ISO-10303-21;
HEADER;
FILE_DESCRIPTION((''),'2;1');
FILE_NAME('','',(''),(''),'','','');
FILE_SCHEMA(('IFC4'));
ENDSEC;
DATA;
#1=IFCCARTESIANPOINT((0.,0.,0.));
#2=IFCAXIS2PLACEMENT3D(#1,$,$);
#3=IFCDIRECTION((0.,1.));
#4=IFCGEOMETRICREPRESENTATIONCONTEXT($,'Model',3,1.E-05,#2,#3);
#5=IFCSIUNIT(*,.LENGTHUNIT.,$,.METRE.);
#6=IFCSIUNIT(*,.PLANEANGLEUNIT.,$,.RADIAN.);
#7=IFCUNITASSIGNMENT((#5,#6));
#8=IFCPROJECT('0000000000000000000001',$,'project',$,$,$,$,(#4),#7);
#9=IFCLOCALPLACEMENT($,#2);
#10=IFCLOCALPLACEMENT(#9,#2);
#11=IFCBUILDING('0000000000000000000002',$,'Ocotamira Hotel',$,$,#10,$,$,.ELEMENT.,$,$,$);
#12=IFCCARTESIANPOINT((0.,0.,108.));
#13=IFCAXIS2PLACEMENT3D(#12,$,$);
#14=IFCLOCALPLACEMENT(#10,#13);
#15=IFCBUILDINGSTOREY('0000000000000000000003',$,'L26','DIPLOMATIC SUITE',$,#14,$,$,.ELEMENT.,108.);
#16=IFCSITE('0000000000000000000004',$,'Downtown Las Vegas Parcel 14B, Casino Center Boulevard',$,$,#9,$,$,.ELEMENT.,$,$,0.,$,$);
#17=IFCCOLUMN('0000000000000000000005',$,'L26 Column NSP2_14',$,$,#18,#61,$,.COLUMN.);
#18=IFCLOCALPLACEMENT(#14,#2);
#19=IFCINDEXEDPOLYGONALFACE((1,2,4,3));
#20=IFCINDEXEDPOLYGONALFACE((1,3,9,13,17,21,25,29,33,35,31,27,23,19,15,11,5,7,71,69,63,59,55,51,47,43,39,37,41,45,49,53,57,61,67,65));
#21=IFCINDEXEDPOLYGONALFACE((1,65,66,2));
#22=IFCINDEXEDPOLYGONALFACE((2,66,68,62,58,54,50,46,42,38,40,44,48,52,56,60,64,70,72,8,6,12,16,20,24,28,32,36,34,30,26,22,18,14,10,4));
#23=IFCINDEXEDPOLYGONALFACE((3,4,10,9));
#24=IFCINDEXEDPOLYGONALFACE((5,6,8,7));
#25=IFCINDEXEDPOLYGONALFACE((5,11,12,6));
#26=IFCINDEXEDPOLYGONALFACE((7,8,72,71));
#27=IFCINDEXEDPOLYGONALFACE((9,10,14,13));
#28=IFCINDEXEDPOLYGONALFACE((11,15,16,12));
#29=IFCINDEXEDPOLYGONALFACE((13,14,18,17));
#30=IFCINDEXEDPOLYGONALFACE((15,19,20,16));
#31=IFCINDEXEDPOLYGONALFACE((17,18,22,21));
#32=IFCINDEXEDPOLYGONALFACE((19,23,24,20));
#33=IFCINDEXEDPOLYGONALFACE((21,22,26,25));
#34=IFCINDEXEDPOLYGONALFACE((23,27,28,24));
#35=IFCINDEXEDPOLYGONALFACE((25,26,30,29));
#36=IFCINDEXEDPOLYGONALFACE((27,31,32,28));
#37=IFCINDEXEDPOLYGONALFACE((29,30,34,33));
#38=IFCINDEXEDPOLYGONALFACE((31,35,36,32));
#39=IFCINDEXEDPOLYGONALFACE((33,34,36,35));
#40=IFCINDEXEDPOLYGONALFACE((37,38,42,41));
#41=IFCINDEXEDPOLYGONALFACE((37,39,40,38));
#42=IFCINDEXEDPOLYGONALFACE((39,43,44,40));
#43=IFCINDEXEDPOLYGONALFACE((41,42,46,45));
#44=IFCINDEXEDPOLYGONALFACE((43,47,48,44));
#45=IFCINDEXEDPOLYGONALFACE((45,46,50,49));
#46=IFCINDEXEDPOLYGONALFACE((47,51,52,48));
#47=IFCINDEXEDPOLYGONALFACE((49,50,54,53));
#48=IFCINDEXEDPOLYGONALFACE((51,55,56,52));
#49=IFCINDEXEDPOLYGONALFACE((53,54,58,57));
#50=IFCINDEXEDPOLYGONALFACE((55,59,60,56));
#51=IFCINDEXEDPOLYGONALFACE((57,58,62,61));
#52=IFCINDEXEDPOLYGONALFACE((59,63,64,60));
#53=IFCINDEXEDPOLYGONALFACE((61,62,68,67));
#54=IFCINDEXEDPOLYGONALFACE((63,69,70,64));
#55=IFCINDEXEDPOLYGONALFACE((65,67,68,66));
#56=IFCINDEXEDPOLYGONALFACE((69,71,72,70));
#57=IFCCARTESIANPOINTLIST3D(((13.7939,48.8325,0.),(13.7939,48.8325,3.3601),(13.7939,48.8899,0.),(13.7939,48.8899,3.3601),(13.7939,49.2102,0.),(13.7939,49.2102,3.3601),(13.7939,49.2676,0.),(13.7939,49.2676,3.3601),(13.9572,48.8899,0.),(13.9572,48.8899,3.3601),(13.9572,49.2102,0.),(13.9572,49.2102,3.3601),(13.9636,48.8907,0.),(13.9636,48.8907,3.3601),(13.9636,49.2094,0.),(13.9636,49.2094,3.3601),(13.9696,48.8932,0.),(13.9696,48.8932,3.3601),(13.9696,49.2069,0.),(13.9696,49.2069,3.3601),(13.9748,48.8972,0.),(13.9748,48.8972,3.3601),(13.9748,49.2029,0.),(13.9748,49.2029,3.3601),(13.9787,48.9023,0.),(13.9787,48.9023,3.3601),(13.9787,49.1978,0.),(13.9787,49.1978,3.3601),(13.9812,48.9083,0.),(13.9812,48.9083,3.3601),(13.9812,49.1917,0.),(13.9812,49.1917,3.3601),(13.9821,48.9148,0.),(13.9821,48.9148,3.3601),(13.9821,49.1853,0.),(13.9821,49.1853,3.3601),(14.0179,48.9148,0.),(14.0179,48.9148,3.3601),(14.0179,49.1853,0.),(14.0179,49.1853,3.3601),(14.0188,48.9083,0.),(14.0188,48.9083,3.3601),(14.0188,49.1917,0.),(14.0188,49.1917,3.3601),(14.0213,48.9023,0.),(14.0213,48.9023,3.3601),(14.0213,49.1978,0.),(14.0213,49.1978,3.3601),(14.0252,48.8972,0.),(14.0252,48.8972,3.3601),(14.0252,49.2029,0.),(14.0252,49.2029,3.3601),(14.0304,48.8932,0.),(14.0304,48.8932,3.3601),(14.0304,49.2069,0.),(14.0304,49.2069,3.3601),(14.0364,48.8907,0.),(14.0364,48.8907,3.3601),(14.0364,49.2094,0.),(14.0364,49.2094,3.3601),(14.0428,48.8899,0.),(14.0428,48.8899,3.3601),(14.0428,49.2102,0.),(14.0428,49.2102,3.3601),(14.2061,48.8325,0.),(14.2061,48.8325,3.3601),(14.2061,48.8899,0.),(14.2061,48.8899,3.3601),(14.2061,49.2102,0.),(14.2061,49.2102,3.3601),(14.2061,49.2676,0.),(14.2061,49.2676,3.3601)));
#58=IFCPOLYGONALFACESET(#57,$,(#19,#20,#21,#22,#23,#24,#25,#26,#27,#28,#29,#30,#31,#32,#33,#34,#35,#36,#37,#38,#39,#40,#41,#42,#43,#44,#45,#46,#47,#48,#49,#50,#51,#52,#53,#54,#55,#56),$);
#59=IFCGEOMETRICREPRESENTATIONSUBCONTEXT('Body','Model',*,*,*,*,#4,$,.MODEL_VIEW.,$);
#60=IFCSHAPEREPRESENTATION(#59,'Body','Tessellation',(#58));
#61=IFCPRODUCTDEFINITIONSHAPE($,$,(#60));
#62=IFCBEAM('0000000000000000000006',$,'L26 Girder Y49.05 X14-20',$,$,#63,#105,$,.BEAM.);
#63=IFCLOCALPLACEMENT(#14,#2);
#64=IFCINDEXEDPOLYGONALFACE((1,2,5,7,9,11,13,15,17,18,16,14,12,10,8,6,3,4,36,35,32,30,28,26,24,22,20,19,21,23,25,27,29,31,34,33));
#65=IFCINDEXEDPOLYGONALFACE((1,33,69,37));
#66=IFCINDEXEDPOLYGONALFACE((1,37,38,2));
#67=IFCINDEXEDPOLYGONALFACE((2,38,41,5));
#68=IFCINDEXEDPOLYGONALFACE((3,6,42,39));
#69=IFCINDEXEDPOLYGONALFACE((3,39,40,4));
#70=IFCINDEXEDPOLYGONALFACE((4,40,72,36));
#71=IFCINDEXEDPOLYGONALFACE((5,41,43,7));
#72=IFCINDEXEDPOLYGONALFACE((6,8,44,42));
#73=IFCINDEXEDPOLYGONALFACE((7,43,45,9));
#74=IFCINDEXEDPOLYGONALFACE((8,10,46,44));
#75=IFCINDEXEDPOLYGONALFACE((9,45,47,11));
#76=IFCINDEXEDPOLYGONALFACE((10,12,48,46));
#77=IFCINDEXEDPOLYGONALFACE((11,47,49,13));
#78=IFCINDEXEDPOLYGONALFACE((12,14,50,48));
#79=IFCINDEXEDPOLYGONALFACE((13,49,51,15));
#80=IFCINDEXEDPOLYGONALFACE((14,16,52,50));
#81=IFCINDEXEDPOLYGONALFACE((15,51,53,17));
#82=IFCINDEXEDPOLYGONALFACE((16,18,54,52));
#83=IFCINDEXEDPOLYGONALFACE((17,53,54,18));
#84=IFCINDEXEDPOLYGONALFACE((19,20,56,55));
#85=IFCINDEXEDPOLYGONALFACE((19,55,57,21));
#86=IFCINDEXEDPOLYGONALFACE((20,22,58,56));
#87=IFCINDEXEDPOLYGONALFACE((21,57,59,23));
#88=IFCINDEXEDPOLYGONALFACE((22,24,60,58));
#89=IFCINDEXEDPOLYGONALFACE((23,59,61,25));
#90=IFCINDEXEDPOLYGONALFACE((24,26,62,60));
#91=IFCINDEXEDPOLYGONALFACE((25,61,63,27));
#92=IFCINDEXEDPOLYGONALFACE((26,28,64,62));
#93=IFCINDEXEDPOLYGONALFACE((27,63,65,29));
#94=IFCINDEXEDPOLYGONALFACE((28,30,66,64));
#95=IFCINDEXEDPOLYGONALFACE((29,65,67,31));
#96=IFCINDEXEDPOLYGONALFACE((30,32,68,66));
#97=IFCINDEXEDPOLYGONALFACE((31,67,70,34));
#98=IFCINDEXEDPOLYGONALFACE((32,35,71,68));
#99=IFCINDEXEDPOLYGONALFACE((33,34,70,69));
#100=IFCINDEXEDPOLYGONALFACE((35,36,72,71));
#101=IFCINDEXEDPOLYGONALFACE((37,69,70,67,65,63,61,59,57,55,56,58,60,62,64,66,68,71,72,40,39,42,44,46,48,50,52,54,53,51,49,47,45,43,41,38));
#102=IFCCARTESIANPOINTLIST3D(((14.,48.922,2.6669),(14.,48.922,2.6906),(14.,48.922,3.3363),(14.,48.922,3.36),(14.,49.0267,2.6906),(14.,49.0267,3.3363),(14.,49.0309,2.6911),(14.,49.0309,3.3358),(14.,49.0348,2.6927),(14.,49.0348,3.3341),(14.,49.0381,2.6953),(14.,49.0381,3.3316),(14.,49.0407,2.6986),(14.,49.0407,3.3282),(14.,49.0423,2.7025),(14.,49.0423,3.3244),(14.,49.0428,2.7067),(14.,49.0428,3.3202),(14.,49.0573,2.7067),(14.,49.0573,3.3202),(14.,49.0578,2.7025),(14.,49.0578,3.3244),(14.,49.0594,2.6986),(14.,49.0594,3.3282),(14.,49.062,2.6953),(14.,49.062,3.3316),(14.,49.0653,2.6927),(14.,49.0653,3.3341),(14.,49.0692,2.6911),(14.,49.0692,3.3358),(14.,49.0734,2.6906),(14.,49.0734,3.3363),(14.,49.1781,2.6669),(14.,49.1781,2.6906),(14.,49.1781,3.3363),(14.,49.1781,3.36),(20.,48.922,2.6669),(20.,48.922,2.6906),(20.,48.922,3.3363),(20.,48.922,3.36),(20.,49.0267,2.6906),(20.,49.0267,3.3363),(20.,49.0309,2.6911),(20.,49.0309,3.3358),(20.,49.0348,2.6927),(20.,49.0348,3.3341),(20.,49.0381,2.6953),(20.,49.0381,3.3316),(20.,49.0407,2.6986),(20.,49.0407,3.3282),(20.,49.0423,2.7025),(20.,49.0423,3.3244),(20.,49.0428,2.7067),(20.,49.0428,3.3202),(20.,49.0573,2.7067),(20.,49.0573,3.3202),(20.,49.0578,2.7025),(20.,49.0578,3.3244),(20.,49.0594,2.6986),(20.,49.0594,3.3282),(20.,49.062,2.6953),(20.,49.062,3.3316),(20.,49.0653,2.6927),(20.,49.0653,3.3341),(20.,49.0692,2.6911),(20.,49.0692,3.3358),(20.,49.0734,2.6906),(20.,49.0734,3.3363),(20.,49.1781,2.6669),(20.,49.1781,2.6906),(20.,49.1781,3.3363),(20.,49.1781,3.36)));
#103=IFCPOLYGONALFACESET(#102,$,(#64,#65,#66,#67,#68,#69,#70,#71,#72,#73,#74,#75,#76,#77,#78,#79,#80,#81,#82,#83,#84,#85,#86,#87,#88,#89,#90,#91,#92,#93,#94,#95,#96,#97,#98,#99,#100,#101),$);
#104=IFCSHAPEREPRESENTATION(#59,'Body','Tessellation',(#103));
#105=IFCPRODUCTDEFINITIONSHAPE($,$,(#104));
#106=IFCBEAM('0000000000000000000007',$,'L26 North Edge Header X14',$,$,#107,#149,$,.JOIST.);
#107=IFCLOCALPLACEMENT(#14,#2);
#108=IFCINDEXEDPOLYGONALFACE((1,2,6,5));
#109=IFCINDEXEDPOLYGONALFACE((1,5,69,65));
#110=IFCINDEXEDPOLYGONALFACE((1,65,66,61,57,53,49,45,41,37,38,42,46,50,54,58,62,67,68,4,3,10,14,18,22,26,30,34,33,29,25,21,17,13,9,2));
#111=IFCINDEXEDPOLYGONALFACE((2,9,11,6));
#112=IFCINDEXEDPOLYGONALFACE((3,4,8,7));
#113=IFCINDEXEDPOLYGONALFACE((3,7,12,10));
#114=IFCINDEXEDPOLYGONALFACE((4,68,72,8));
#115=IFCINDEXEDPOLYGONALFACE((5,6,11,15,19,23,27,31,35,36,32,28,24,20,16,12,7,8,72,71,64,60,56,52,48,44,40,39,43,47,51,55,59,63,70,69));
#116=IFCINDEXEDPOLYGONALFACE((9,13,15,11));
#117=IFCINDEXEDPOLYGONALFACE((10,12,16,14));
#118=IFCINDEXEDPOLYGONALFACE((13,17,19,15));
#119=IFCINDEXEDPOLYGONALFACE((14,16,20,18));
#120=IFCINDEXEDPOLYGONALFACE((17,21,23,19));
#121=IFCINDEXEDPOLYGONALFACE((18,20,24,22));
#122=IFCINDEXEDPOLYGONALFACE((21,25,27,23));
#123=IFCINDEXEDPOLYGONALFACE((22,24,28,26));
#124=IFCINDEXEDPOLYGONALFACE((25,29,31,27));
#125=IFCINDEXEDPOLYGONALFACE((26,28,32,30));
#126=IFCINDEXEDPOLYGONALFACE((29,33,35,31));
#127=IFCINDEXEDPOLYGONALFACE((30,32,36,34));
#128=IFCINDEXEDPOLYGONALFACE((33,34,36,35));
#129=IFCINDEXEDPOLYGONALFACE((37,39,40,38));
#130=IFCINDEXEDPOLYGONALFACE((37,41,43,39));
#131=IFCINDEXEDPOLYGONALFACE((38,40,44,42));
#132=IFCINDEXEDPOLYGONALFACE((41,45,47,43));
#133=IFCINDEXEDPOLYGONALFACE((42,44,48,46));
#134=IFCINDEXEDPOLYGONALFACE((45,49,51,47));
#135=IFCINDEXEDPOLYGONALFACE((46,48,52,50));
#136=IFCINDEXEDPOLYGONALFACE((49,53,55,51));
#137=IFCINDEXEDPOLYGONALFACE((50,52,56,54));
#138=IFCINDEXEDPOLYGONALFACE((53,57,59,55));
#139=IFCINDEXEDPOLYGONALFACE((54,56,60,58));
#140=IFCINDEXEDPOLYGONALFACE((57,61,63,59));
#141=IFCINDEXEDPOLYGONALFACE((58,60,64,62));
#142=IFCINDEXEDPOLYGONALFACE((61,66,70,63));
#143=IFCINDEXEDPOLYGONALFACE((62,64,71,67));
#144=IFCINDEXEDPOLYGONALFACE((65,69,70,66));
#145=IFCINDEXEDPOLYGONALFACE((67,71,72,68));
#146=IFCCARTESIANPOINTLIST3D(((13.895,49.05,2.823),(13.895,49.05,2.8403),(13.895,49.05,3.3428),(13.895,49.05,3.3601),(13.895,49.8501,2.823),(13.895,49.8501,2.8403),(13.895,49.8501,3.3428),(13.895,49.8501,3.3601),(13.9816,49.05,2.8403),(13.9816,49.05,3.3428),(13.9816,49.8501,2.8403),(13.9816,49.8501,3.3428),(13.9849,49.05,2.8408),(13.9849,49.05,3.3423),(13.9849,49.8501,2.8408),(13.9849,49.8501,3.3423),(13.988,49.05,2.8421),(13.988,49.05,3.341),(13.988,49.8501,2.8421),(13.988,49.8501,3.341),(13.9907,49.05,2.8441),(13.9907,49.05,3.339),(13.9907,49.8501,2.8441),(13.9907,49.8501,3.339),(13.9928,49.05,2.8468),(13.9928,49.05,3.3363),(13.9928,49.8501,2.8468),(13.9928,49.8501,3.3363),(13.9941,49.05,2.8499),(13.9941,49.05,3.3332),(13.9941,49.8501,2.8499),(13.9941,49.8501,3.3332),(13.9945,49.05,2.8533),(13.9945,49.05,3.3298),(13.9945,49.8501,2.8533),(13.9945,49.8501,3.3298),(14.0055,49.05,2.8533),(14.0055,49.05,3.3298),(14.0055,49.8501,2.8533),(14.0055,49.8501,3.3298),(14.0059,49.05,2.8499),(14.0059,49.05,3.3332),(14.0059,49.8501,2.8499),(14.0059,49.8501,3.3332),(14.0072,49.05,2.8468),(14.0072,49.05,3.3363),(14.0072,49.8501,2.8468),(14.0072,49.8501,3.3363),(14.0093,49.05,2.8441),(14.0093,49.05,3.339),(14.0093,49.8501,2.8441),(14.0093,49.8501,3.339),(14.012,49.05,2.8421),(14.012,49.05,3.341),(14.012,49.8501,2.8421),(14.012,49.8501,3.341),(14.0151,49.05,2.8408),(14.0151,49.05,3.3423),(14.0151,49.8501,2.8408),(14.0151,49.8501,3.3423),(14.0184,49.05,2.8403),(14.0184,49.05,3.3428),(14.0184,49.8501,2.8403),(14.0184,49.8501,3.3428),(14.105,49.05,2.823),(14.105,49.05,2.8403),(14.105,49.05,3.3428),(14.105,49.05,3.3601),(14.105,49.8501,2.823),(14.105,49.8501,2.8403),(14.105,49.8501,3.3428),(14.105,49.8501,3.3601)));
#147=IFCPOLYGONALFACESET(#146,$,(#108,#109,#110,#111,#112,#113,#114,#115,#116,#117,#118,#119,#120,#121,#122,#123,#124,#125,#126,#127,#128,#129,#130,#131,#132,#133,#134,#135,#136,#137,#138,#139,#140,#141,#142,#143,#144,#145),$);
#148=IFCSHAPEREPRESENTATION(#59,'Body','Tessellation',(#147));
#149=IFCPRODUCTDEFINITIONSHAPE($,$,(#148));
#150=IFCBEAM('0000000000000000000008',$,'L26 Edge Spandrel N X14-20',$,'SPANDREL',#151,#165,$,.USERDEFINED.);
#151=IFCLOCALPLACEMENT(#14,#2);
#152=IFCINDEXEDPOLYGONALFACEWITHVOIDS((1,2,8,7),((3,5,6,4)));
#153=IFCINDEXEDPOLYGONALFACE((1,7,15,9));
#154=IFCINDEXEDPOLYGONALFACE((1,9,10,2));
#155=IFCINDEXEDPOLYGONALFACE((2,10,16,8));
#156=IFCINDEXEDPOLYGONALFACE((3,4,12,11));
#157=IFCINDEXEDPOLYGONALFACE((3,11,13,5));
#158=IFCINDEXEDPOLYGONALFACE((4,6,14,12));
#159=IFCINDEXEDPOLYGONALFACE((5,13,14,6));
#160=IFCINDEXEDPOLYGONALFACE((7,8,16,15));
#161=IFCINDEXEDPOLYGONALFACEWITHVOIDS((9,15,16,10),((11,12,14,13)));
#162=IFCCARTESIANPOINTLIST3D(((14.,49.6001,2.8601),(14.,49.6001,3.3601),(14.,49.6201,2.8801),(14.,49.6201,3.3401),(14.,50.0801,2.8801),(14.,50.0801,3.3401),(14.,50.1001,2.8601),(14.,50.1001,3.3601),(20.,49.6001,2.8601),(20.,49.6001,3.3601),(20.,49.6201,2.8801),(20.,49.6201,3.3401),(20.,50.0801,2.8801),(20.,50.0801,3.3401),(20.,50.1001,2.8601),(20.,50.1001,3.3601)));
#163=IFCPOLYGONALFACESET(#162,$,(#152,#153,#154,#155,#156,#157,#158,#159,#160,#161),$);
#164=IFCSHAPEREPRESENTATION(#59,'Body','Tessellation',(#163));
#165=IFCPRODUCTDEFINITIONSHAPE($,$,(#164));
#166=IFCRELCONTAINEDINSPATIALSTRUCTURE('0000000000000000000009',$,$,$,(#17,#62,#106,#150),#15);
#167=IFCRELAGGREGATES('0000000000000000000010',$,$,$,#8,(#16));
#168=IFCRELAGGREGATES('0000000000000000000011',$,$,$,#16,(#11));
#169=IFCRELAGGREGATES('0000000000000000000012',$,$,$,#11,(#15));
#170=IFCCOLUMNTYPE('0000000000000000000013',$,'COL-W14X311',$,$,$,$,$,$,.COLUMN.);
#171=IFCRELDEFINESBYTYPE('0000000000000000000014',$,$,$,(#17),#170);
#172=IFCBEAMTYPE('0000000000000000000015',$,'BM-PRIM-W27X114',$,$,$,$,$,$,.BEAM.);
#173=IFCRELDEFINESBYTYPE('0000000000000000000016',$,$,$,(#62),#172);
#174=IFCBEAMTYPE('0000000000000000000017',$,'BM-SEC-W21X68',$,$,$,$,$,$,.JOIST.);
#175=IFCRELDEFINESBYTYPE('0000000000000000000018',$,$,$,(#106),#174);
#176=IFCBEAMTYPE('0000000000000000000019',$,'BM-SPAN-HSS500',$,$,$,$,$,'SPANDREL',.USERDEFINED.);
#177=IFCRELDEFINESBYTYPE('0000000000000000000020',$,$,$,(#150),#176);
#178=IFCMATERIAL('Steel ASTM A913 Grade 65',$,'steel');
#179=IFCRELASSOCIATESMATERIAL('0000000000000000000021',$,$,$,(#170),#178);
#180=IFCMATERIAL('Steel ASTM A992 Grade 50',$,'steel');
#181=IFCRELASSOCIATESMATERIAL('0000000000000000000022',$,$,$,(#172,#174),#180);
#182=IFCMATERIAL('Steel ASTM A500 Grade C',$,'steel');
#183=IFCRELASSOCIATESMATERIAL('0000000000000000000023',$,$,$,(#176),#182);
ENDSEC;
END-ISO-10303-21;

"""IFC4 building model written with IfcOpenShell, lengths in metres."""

from ifc_helpers import new_model, si_unit, direction, frame, origin, origin_2d, place, context, subcontext, project, spatial, hollow_rectangle, i_section, extrude, source, transform, mapped, material, material_profile, profile_set, type_object, element, save


model = new_model("IFC4")

# Units and contexts
model_context = context("Model", 3, precision=1e-05, world=origin(), true_north=direction((0.0, 1.0)))
body_context = subcontext(model_context, "Body", "Model", "MODEL_VIEW")
ifc_project = project(units=[si_unit("LENGTHUNIT", "METRE"), si_unit("PLANEANGLEUNIT", "RADIAN")], contexts=[model_context])

# Site, building, storey
site_placement = place(None, origin())
site = spatial("IfcSite", under=ifc_project, at=site_placement, Name="Downtown Las Vegas Parcel 14B, Casino Center Boulevard", CompositionType="ELEMENT", RefElevation=0.0)
building_placement = place(site_placement, origin())
building = spatial("IfcBuilding", under=site, at=building_placement, Name="Ocotamira Hotel", CompositionType="ELEMENT")
storey_placement = place(building_placement, frame((0.0, 0.0, 108.0)))
storey = spatial("IfcBuildingStorey", under=building, at=storey_placement, Name="L26", Description="DIPLOMATIC SUITE", CompositionType="ELEMENT", Elevation=108.0)

# Column
ifc_material_1 = material(Name="Steel ASTM A913 Grade 65", Category="steel")
ifc_material_profile_1 = material_profile(ifc_material_1, i_section(OverallWidth=0.4121, OverallDepth=0.4351, WebThickness=0.0359, FlangeThickness=0.0574, FilletRadius=0.0249, at=origin_2d()), Name="W14X311")
ifc_profile_set_1 = profile_set([ifc_material_profile_1], Name="Steel ASTM A913 Grade 65")
column_type = type_object("IfcColumnType", Name="COL-W14X311", PredefinedType="COLUMN", material=ifc_profile_set_1)
shared_shape_1 = source(origin(), body_context, "Body", "SweptSolid", [
    extrude(i_section(OverallWidth=0.4121, OverallDepth=0.4351, WebThickness=0.0359, FlangeThickness=0.0574, FilletRadius=0.0249, at=origin_2d()), origin(), (0.0, 0.0, 1.0), 3.3601),
])
column_placement = place(storey_placement, frame((14.0, 49.05, 0.0), z_axis=(0.0, 0.0, 1.0), x_axis=(1.0, 0.0, 0.0)))
element("IfcColumn", 1, at=column_placement, inside=storey, type_object=column_type, Name="L26 Column NSP2_14", PredefinedType="COLUMN", context=body_context, shape_type="MappedRepresentation", body=[
    mapped(shared_shape_1, transform((0.0, 0.0, 0.0), scale=1.0)),
])

# Beams
ifc_material_2 = material(Name="Steel ASTM A992 Grade 50", Category="steel")
ifc_material_profile_2 = material_profile(ifc_material_2, i_section(OverallWidth=0.2561, OverallDepth=0.6931, WebThickness=0.0144, FlangeThickness=0.0237, FilletRadius=0.0161, at=origin_2d()), Name="W27X114")
ifc_profile_set_2 = profile_set([ifc_material_profile_2], Name="Steel ASTM A992 Grade 50")
beam_type_1 = type_object("IfcBeamType", Name="BM-PRIM-W27X114", PredefinedType="BEAM", material=ifc_profile_set_2)
shared_shape_2 = source(origin(), body_context, "Body", "SweptSolid", [
    extrude(i_section(OverallWidth=0.2561, OverallDepth=0.6931, WebThickness=0.0144, FlangeThickness=0.0237, FilletRadius=0.0161, at=origin_2d()), origin(), (0.0, 0.0, 1.0), 6.0),
])
beam_1_placement = place(storey_placement, frame((14.0, 49.05, 3.0134), z_axis=(1.0, 0.0, 0.0), x_axis=(0.0, 1.0, 0.0)))
element("IfcBeam", 2, at=beam_1_placement, inside=storey, type_object=beam_type_1, Name="L26 Girder Y49.05 X14-20", PredefinedType="BEAM", context=body_context, shape_type="MappedRepresentation", body=[
    mapped(shared_shape_2, transform((0.0, 0.0, 0.0), scale=1.0)),
])
ifc_material_profile_3 = material_profile(ifc_material_2, i_section(OverallWidth=0.21, OverallDepth=0.5371, WebThickness=0.011, FlangeThickness=0.0173, FilletRadius=0.0129, at=origin_2d()), Name="W21X68")
ifc_profile_set_3 = profile_set([ifc_material_profile_3], Name="Steel ASTM A992 Grade 50")
beam_type_2 = type_object("IfcBeamType", Name="BM-SEC-W21X68", PredefinedType="JOIST", material=ifc_profile_set_3)
shared_shape_3 = source(origin(), body_context, "Body", "SweptSolid", [
    extrude(i_section(OverallWidth=0.21, OverallDepth=0.5371, WebThickness=0.011, FlangeThickness=0.0173, FilletRadius=0.0129, at=origin_2d()), origin(), (0.0, 0.0, 1.0), 0.8),
])
beam_2_placement = place(storey_placement, frame((14.0, 49.05, 3.0916), z_axis=(0.0, 1.0, 0.0), x_axis=(-1.0, 0.0, 0.0)))
element("IfcBeam", 3, at=beam_2_placement, inside=storey, type_object=beam_type_2, Name="L26 North Edge Header X14", PredefinedType="JOIST", context=body_context, shape_type="MappedRepresentation", body=[
    mapped(shared_shape_3, transform((0.0, 0.0, 0.0), scale=1.0)),
])
ifc_material_3 = material(Name="Steel ASTM A500 Grade C", Category="steel")
ifc_material_profile_4 = material_profile(ifc_material_3, hollow_rectangle(XDim=0.5, YDim=0.5, WallThickness=0.02, at=origin_2d()), Name="HSS500X500X20")
ifc_profile_set_4 = profile_set([ifc_material_profile_4], Name="Steel ASTM A500 Grade C")
beam_type_3 = type_object("IfcBeamType", Name="BM-SPAN-HSS500", ElementType="SPANDREL", PredefinedType="USERDEFINED", material=ifc_profile_set_4)
shared_shape_4 = source(origin(), body_context, "Body", "SweptSolid", [
    extrude(hollow_rectangle(XDim=0.5, YDim=0.5, WallThickness=0.02, at=origin_2d()), origin(), (0.0, 0.0, 1.0), 6.0),
])
beam_3_placement = place(storey_placement, frame((14.0, 49.8501, 3.1101), z_axis=(1.0, 0.0, 0.0), x_axis=(0.0, 1.0, 0.0)))
element("IfcBeam", 4, at=beam_3_placement, inside=storey, type_object=beam_type_3, Name="L26 Edge Spandrel N X14-20", ObjectType="SPANDREL", PredefinedType="USERDEFINED", context=body_context, shape_type="MappedRepresentation", body=[
    mapped(shared_shape_4, transform((0.0, 0.0, 0.0), scale=1.0)),
])

save(model, "model.ifc")
